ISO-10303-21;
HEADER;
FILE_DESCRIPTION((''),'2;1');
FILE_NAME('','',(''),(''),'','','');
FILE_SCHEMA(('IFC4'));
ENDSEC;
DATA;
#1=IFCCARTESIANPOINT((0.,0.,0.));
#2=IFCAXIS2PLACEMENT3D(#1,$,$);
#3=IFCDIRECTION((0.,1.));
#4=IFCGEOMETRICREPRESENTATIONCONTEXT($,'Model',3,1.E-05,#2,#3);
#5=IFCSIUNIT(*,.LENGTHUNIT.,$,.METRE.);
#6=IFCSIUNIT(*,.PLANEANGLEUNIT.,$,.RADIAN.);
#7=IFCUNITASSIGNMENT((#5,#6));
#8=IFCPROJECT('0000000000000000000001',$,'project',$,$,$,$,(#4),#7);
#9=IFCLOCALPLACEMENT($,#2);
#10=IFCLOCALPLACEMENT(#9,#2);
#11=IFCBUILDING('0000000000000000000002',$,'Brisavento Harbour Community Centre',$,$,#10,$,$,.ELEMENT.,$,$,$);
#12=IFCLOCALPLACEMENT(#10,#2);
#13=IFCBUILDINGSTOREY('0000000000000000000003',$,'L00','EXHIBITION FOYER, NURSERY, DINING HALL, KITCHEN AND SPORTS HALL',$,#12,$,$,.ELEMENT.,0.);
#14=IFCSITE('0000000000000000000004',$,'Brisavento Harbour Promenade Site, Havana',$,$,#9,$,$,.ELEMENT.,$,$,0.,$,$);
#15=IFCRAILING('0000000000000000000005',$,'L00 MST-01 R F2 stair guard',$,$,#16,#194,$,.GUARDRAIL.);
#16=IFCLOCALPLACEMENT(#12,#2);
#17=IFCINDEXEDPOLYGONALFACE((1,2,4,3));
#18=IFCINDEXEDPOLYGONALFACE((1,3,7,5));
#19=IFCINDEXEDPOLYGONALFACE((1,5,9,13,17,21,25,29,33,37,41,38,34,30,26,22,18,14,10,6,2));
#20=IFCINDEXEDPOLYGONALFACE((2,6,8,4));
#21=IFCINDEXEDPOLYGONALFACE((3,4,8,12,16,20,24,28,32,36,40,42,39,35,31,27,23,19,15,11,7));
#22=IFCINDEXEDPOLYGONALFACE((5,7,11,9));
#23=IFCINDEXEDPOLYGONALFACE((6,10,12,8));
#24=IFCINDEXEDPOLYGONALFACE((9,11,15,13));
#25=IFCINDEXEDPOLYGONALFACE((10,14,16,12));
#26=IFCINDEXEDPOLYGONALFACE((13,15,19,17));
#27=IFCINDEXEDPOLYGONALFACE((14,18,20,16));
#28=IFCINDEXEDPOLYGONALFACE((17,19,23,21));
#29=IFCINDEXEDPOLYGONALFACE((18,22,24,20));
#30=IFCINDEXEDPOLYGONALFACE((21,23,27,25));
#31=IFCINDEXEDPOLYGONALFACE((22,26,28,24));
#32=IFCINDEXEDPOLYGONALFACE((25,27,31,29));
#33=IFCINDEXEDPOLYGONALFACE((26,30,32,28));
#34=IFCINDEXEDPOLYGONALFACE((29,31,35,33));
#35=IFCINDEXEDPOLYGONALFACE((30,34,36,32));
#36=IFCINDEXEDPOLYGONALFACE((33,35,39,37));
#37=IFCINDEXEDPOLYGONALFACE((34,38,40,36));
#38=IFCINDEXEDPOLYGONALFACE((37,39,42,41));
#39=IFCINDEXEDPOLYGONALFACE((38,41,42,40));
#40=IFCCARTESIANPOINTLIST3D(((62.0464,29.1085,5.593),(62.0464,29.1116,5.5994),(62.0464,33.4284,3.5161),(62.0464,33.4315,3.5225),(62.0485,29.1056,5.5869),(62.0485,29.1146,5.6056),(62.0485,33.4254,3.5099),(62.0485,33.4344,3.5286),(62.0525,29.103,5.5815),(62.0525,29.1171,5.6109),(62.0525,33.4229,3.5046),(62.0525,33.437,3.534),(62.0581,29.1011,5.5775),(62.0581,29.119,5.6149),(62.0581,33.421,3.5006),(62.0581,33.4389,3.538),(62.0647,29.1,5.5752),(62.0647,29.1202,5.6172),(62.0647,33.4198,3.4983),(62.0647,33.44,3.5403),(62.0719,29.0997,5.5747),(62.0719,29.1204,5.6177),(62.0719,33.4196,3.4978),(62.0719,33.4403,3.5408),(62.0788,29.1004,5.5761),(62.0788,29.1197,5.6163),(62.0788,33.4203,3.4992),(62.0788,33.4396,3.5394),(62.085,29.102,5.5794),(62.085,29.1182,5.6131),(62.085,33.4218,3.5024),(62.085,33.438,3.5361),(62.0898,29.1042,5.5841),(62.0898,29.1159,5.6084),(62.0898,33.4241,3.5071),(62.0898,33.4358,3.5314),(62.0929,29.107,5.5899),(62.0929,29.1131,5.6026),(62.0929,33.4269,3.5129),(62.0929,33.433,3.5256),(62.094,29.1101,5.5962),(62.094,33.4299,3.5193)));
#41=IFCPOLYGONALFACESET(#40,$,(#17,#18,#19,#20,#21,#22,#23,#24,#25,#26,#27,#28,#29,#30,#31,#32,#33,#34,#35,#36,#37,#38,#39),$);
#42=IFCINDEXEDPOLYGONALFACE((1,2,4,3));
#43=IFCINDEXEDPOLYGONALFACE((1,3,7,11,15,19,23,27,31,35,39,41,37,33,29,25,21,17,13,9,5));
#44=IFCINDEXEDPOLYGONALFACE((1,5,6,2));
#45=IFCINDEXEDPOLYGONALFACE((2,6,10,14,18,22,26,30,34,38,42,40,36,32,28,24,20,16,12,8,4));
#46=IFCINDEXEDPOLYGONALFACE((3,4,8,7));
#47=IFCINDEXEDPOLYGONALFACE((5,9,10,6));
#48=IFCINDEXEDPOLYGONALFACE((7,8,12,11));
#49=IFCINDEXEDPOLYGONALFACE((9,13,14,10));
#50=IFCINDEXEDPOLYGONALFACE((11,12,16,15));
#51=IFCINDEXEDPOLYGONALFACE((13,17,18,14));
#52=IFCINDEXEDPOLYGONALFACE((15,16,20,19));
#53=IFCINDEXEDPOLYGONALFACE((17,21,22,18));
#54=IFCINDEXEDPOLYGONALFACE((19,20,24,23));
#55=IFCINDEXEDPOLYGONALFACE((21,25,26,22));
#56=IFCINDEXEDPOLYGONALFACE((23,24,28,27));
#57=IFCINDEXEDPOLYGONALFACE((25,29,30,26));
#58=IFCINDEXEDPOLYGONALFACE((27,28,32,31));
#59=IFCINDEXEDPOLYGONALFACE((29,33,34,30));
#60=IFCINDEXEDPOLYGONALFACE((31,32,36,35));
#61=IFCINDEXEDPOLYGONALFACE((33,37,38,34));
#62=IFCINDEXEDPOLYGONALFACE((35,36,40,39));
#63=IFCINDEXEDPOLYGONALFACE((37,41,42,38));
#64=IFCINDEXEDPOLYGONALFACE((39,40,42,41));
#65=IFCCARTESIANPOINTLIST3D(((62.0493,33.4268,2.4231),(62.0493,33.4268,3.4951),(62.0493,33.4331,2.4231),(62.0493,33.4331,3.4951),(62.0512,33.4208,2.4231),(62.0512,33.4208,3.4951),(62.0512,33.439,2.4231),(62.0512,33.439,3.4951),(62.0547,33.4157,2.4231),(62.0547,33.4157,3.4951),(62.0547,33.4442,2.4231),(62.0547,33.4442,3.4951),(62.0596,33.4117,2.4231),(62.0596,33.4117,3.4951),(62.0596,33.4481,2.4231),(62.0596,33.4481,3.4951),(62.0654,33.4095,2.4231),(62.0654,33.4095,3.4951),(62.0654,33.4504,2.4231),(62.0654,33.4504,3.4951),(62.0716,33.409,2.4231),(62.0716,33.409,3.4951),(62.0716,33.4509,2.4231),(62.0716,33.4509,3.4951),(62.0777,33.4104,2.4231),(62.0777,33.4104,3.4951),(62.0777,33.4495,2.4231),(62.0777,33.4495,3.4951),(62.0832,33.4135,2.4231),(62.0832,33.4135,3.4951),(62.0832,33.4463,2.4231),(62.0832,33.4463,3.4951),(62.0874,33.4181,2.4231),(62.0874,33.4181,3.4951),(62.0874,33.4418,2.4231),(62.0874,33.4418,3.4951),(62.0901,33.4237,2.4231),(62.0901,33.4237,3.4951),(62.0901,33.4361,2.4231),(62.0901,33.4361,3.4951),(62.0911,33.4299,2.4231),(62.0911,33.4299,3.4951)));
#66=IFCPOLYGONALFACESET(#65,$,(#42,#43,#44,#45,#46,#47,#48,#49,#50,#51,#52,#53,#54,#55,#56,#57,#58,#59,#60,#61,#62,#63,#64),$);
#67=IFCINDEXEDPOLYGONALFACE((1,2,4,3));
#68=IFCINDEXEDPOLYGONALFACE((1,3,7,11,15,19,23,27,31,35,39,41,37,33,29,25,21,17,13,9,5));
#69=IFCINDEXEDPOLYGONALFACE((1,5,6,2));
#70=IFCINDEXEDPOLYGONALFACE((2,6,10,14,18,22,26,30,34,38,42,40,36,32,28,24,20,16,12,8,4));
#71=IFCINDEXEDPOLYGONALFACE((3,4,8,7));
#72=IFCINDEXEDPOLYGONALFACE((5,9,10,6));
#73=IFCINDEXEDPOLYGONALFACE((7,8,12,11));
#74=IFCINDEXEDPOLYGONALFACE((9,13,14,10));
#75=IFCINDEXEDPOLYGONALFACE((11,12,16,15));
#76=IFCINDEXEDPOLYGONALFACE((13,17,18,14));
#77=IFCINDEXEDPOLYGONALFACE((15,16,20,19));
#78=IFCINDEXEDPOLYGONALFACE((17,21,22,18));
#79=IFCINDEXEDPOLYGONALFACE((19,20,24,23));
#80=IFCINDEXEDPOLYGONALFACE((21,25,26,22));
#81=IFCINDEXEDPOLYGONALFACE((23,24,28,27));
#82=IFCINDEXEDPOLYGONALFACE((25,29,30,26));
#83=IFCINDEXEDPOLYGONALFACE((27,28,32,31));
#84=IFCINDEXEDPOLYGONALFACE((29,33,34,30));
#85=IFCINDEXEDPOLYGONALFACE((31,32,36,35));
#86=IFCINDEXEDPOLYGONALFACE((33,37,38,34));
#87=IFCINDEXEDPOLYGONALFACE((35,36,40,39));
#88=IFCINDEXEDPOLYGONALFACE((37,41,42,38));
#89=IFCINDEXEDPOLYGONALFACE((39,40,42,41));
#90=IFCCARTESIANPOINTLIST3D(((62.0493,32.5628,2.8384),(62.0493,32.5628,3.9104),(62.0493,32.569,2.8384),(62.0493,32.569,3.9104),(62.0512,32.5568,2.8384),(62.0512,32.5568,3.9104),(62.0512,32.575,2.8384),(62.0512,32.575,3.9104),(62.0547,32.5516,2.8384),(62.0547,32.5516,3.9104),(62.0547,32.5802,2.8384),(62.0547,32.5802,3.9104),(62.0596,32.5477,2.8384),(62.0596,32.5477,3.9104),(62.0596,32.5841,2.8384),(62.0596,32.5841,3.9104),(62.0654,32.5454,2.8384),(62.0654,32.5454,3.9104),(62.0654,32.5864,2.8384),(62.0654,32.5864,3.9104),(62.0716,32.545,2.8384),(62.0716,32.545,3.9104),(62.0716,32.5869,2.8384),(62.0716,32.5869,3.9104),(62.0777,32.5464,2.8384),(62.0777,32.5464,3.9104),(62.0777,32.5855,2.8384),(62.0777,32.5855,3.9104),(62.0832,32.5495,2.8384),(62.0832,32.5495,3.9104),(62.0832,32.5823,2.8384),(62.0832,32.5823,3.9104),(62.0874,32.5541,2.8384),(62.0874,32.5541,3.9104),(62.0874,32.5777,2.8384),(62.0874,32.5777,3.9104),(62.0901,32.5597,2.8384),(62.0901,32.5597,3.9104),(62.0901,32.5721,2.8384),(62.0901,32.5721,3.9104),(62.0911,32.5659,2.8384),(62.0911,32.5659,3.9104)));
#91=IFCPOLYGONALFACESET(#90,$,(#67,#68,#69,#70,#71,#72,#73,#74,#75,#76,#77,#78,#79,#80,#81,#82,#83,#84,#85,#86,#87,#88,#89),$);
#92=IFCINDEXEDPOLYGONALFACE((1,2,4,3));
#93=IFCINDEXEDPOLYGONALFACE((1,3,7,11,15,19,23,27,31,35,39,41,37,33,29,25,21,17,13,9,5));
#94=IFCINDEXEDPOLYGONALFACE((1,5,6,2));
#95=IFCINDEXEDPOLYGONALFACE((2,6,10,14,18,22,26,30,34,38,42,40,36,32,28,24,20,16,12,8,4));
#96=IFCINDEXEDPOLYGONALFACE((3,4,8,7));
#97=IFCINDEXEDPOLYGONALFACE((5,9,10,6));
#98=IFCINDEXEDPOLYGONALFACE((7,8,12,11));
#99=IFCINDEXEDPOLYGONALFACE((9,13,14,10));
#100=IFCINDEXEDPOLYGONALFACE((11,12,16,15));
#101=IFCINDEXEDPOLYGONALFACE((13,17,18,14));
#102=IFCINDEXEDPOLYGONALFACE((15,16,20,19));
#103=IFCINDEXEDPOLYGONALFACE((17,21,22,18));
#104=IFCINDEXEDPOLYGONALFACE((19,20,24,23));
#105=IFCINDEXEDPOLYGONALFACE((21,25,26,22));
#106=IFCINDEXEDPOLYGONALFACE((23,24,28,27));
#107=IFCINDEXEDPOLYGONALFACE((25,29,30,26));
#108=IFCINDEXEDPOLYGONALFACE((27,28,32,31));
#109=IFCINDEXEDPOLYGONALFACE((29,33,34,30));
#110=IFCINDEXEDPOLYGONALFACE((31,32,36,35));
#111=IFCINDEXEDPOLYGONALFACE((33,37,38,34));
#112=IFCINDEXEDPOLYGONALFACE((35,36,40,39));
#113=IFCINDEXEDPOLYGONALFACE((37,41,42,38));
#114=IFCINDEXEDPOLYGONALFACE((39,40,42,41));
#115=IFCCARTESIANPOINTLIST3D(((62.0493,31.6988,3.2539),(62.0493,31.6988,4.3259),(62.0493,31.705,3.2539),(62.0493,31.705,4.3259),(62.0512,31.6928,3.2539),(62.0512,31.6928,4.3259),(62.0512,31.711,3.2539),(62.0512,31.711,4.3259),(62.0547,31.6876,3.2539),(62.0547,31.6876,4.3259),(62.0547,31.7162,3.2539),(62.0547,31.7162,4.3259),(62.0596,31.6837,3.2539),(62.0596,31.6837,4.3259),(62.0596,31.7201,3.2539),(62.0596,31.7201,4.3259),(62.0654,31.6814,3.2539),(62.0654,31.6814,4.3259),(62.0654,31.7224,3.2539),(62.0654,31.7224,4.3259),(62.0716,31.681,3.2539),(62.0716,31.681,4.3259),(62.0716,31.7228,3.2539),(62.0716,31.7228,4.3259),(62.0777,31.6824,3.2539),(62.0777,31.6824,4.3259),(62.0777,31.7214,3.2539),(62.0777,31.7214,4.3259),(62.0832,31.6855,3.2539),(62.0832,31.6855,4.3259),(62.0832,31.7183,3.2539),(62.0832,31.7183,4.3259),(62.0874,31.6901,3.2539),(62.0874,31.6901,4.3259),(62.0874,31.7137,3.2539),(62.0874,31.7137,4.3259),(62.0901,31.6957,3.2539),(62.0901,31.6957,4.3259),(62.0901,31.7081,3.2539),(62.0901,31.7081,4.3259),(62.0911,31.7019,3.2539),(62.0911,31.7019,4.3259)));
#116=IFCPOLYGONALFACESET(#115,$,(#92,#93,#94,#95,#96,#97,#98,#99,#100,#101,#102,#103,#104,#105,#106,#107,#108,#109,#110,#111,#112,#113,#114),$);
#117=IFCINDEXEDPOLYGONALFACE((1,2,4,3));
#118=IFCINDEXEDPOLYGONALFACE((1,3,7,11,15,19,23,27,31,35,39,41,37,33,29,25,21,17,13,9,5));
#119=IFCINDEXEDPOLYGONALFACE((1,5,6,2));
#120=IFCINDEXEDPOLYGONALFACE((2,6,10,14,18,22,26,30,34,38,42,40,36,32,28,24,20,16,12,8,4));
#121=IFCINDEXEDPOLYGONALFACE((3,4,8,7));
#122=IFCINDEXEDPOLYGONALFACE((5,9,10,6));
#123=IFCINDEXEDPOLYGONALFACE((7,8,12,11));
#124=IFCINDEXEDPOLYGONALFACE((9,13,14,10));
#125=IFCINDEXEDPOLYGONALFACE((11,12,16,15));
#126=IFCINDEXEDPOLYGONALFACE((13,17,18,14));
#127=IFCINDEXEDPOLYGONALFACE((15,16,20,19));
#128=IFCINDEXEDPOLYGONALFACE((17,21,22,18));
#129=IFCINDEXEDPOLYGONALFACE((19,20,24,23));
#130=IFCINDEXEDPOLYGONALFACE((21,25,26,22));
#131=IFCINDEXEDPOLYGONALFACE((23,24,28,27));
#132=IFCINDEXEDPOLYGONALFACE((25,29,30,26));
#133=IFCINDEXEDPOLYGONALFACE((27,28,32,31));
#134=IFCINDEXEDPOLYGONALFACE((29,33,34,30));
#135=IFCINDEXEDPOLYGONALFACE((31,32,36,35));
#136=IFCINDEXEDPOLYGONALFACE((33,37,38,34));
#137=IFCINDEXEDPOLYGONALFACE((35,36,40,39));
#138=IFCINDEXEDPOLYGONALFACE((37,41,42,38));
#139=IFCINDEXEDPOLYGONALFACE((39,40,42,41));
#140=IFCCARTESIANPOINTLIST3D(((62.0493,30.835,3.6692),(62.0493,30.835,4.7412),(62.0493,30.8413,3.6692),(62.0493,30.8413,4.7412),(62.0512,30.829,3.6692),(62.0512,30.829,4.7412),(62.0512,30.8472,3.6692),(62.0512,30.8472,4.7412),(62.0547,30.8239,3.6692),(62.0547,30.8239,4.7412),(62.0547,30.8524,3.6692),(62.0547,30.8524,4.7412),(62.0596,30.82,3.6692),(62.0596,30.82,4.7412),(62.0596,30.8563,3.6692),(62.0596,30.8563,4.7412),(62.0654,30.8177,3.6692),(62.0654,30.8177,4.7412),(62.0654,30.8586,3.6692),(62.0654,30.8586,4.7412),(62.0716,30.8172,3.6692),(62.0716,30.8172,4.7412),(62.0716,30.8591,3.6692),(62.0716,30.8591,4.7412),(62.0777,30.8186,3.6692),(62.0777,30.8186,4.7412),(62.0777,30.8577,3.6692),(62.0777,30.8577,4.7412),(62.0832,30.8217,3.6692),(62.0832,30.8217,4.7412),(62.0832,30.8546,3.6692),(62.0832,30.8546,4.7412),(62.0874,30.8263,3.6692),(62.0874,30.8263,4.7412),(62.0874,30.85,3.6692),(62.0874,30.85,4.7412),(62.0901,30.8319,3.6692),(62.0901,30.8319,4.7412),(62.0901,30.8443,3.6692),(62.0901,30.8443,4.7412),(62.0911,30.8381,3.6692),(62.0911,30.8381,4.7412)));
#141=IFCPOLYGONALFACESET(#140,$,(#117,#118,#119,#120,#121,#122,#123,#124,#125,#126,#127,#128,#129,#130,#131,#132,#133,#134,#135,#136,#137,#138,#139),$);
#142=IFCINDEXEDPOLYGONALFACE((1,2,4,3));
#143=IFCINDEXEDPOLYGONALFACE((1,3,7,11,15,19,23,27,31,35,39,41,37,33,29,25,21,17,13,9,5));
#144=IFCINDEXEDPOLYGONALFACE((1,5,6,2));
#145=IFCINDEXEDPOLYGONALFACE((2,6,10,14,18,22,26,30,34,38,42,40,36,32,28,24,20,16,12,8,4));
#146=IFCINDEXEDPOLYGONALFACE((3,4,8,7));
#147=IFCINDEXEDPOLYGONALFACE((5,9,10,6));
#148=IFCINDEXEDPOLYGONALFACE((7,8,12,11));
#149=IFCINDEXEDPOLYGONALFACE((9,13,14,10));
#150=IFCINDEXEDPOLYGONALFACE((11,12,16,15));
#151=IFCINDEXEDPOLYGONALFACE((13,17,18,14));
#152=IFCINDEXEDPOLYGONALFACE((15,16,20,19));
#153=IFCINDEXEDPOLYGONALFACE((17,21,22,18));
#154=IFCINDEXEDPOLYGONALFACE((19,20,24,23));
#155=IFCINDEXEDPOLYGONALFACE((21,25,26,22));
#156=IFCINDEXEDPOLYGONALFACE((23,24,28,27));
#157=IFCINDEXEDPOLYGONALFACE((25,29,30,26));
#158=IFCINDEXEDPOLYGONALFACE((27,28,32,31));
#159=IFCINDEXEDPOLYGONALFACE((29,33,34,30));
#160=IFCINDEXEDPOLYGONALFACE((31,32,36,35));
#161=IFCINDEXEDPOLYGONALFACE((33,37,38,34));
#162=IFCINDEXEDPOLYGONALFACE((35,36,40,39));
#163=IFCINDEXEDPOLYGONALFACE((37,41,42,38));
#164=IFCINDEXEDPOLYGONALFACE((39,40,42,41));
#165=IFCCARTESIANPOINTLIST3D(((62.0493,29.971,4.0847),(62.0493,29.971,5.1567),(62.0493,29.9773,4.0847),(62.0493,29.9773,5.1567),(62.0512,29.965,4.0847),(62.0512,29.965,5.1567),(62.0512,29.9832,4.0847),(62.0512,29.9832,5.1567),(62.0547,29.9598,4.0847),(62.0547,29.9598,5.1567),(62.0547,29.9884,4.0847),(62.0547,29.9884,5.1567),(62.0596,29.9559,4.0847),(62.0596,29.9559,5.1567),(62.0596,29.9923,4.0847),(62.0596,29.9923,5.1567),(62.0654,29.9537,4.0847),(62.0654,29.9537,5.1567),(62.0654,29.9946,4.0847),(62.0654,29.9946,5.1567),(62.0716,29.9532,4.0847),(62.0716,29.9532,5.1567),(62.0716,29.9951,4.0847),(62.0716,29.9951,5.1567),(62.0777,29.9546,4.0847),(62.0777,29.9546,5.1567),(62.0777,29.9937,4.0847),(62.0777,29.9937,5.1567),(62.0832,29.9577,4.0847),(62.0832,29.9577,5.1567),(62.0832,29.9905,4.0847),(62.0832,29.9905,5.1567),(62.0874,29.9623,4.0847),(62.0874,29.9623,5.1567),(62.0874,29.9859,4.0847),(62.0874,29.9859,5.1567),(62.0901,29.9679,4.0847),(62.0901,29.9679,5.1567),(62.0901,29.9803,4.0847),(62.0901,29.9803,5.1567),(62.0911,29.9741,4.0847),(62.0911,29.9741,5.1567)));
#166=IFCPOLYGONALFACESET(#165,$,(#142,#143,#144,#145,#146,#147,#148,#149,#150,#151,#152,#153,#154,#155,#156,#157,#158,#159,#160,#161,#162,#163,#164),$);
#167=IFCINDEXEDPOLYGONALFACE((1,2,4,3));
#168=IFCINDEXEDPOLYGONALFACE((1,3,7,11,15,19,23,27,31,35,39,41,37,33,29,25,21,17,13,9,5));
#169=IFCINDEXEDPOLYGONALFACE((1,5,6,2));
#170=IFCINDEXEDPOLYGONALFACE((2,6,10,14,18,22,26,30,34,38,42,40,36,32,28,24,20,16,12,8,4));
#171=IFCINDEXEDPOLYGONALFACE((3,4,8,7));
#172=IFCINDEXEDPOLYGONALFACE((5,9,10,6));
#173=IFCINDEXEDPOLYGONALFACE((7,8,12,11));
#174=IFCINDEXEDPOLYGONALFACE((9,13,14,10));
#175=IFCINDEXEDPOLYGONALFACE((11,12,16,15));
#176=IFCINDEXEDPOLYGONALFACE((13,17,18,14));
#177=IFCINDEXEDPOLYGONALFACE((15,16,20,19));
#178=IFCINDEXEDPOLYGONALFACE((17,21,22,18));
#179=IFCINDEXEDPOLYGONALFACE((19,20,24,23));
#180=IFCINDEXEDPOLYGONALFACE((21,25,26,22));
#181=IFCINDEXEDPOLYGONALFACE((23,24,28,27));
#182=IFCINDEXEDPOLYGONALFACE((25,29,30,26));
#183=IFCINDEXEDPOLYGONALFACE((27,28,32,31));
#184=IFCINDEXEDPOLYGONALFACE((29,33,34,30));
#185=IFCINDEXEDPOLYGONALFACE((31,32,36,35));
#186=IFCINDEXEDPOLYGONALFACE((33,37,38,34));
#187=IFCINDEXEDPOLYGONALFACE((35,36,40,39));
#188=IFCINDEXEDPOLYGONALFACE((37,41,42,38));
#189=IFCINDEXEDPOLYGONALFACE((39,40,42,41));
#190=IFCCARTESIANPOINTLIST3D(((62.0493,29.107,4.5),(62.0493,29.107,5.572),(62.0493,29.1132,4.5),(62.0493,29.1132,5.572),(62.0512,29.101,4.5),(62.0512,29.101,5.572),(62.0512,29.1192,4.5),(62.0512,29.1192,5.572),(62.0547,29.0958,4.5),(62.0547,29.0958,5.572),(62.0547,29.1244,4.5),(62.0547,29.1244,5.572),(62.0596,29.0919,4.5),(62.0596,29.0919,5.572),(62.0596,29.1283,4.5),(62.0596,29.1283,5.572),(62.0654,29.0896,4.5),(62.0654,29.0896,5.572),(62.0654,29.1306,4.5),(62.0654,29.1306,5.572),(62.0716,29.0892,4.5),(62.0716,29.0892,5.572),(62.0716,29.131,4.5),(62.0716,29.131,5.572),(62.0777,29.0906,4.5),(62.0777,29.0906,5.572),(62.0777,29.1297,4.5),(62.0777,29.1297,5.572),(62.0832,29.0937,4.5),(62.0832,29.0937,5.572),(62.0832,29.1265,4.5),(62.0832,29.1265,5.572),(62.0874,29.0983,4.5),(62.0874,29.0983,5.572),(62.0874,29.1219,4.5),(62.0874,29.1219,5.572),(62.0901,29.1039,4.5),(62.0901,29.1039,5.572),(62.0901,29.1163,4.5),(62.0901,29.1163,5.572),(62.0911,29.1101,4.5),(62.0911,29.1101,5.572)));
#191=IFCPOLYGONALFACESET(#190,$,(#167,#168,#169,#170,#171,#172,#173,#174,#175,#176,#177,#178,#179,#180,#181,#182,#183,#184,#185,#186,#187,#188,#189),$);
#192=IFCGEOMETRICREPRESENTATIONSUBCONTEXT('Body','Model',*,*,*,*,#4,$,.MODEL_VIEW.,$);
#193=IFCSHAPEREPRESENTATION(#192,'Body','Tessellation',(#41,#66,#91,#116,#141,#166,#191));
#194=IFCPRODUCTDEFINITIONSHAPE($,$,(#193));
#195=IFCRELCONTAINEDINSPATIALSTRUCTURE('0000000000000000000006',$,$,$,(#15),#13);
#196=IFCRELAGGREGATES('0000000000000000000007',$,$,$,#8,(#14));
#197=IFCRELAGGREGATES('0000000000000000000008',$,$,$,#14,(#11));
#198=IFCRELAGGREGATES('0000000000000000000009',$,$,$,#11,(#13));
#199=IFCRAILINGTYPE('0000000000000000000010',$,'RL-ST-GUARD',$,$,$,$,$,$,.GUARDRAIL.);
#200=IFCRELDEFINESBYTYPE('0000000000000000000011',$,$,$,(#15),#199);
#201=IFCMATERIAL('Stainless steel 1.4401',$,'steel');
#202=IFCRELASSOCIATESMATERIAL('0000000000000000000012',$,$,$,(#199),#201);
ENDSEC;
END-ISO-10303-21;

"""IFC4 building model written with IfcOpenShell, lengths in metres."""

from ifc_helpers import new_model, si_unit, direction, frame, origin, origin_2d, place, context, subcontext, project, spatial, circle, extrude, material, type_object, element, save


model = new_model("IFC4")

# Units and contexts
model_context = context("Model", 3, precision=1e-05, world=origin(), true_north=direction((0.0, 1.0)))
body_context = subcontext(model_context, "Body", "Model", "MODEL_VIEW")
ifc_project = project(units=[si_unit("LENGTHUNIT", "METRE"), si_unit("PLANEANGLEUNIT", "RADIAN")], contexts=[model_context])

# Site, building, storey
site_placement = place(None, origin())
site = spatial("IfcSite", under=ifc_project, at=site_placement, Name="Brisavento Harbour Promenade Site, Havana", CompositionType="ELEMENT", RefElevation=0.0)
building_placement = place(site_placement, origin())
building = spatial("IfcBuilding", under=site, at=building_placement, Name="Brisavento Harbour Community Centre", CompositionType="ELEMENT")
storey_placement = place(building_placement, origin())
storey = spatial("IfcBuildingStorey", under=building, at=storey_placement, Name="L00", Description="EXHIBITION FOYER, NURSERY, DINING HALL, KITCHEN AND SPORTS HALL", CompositionType="ELEMENT", Elevation=0.0)

# Railing
ifc_material_1 = material(Name="Stainless steel 1.4401", Category="steel")
railing_type = type_object("IfcRailingType", Name="RL-ST-GUARD", PredefinedType="GUARDRAIL", material=ifc_material_1)
railing_1_placement = place(storey_placement, frame((62.0701, 33.4299, 2.4231)))
element("IfcRailing", 1, at=railing_1_placement, inside=storey, type_object=railing_type, Name="L00 MST-01 R F2 stair guard", PredefinedType="GUARDRAIL", context=body_context, shape_type="SweptSolid", body=[
    extrude(circle(Radius=0.0239, at=origin_2d()), frame((0.0, 0.0, 1.0962), z_axis=(0.0, -0.901247, 0.433306), x_axis=(1.0, 0.0, 0.0)), (0.0, 0.0, 1.0), 4.7932),
    extrude(circle(Radius=0.021, at=origin_2d()), origin(), (0.0, 0.0, 1.0), 1.072),
    extrude(circle(Radius=0.021, at=origin_2d()), frame((0.0, -0.864, 0.4153)), (0.0, 0.0, 1.0), 1.072),
    extrude(circle(Radius=0.021, at=origin_2d()), frame((0.0, -1.728, 0.8308)), (0.0, 0.0, 1.0), 1.072),
    extrude(circle(Radius=0.021, at=origin_2d()), frame((0.0, -2.5918, 1.2461)), (0.0, 0.0, 1.0), 1.072),
    extrude(circle(Radius=0.021, at=origin_2d()), frame((0.0, -3.4558, 1.6616)), (0.0, 0.0, 1.0), 1.072),
    extrude(circle(Radius=0.021, at=origin_2d()), frame((0.0, -4.3198, 2.0769)), (0.0, 0.0, 1.0), 1.072),
])

save(model, "model.ifc")
